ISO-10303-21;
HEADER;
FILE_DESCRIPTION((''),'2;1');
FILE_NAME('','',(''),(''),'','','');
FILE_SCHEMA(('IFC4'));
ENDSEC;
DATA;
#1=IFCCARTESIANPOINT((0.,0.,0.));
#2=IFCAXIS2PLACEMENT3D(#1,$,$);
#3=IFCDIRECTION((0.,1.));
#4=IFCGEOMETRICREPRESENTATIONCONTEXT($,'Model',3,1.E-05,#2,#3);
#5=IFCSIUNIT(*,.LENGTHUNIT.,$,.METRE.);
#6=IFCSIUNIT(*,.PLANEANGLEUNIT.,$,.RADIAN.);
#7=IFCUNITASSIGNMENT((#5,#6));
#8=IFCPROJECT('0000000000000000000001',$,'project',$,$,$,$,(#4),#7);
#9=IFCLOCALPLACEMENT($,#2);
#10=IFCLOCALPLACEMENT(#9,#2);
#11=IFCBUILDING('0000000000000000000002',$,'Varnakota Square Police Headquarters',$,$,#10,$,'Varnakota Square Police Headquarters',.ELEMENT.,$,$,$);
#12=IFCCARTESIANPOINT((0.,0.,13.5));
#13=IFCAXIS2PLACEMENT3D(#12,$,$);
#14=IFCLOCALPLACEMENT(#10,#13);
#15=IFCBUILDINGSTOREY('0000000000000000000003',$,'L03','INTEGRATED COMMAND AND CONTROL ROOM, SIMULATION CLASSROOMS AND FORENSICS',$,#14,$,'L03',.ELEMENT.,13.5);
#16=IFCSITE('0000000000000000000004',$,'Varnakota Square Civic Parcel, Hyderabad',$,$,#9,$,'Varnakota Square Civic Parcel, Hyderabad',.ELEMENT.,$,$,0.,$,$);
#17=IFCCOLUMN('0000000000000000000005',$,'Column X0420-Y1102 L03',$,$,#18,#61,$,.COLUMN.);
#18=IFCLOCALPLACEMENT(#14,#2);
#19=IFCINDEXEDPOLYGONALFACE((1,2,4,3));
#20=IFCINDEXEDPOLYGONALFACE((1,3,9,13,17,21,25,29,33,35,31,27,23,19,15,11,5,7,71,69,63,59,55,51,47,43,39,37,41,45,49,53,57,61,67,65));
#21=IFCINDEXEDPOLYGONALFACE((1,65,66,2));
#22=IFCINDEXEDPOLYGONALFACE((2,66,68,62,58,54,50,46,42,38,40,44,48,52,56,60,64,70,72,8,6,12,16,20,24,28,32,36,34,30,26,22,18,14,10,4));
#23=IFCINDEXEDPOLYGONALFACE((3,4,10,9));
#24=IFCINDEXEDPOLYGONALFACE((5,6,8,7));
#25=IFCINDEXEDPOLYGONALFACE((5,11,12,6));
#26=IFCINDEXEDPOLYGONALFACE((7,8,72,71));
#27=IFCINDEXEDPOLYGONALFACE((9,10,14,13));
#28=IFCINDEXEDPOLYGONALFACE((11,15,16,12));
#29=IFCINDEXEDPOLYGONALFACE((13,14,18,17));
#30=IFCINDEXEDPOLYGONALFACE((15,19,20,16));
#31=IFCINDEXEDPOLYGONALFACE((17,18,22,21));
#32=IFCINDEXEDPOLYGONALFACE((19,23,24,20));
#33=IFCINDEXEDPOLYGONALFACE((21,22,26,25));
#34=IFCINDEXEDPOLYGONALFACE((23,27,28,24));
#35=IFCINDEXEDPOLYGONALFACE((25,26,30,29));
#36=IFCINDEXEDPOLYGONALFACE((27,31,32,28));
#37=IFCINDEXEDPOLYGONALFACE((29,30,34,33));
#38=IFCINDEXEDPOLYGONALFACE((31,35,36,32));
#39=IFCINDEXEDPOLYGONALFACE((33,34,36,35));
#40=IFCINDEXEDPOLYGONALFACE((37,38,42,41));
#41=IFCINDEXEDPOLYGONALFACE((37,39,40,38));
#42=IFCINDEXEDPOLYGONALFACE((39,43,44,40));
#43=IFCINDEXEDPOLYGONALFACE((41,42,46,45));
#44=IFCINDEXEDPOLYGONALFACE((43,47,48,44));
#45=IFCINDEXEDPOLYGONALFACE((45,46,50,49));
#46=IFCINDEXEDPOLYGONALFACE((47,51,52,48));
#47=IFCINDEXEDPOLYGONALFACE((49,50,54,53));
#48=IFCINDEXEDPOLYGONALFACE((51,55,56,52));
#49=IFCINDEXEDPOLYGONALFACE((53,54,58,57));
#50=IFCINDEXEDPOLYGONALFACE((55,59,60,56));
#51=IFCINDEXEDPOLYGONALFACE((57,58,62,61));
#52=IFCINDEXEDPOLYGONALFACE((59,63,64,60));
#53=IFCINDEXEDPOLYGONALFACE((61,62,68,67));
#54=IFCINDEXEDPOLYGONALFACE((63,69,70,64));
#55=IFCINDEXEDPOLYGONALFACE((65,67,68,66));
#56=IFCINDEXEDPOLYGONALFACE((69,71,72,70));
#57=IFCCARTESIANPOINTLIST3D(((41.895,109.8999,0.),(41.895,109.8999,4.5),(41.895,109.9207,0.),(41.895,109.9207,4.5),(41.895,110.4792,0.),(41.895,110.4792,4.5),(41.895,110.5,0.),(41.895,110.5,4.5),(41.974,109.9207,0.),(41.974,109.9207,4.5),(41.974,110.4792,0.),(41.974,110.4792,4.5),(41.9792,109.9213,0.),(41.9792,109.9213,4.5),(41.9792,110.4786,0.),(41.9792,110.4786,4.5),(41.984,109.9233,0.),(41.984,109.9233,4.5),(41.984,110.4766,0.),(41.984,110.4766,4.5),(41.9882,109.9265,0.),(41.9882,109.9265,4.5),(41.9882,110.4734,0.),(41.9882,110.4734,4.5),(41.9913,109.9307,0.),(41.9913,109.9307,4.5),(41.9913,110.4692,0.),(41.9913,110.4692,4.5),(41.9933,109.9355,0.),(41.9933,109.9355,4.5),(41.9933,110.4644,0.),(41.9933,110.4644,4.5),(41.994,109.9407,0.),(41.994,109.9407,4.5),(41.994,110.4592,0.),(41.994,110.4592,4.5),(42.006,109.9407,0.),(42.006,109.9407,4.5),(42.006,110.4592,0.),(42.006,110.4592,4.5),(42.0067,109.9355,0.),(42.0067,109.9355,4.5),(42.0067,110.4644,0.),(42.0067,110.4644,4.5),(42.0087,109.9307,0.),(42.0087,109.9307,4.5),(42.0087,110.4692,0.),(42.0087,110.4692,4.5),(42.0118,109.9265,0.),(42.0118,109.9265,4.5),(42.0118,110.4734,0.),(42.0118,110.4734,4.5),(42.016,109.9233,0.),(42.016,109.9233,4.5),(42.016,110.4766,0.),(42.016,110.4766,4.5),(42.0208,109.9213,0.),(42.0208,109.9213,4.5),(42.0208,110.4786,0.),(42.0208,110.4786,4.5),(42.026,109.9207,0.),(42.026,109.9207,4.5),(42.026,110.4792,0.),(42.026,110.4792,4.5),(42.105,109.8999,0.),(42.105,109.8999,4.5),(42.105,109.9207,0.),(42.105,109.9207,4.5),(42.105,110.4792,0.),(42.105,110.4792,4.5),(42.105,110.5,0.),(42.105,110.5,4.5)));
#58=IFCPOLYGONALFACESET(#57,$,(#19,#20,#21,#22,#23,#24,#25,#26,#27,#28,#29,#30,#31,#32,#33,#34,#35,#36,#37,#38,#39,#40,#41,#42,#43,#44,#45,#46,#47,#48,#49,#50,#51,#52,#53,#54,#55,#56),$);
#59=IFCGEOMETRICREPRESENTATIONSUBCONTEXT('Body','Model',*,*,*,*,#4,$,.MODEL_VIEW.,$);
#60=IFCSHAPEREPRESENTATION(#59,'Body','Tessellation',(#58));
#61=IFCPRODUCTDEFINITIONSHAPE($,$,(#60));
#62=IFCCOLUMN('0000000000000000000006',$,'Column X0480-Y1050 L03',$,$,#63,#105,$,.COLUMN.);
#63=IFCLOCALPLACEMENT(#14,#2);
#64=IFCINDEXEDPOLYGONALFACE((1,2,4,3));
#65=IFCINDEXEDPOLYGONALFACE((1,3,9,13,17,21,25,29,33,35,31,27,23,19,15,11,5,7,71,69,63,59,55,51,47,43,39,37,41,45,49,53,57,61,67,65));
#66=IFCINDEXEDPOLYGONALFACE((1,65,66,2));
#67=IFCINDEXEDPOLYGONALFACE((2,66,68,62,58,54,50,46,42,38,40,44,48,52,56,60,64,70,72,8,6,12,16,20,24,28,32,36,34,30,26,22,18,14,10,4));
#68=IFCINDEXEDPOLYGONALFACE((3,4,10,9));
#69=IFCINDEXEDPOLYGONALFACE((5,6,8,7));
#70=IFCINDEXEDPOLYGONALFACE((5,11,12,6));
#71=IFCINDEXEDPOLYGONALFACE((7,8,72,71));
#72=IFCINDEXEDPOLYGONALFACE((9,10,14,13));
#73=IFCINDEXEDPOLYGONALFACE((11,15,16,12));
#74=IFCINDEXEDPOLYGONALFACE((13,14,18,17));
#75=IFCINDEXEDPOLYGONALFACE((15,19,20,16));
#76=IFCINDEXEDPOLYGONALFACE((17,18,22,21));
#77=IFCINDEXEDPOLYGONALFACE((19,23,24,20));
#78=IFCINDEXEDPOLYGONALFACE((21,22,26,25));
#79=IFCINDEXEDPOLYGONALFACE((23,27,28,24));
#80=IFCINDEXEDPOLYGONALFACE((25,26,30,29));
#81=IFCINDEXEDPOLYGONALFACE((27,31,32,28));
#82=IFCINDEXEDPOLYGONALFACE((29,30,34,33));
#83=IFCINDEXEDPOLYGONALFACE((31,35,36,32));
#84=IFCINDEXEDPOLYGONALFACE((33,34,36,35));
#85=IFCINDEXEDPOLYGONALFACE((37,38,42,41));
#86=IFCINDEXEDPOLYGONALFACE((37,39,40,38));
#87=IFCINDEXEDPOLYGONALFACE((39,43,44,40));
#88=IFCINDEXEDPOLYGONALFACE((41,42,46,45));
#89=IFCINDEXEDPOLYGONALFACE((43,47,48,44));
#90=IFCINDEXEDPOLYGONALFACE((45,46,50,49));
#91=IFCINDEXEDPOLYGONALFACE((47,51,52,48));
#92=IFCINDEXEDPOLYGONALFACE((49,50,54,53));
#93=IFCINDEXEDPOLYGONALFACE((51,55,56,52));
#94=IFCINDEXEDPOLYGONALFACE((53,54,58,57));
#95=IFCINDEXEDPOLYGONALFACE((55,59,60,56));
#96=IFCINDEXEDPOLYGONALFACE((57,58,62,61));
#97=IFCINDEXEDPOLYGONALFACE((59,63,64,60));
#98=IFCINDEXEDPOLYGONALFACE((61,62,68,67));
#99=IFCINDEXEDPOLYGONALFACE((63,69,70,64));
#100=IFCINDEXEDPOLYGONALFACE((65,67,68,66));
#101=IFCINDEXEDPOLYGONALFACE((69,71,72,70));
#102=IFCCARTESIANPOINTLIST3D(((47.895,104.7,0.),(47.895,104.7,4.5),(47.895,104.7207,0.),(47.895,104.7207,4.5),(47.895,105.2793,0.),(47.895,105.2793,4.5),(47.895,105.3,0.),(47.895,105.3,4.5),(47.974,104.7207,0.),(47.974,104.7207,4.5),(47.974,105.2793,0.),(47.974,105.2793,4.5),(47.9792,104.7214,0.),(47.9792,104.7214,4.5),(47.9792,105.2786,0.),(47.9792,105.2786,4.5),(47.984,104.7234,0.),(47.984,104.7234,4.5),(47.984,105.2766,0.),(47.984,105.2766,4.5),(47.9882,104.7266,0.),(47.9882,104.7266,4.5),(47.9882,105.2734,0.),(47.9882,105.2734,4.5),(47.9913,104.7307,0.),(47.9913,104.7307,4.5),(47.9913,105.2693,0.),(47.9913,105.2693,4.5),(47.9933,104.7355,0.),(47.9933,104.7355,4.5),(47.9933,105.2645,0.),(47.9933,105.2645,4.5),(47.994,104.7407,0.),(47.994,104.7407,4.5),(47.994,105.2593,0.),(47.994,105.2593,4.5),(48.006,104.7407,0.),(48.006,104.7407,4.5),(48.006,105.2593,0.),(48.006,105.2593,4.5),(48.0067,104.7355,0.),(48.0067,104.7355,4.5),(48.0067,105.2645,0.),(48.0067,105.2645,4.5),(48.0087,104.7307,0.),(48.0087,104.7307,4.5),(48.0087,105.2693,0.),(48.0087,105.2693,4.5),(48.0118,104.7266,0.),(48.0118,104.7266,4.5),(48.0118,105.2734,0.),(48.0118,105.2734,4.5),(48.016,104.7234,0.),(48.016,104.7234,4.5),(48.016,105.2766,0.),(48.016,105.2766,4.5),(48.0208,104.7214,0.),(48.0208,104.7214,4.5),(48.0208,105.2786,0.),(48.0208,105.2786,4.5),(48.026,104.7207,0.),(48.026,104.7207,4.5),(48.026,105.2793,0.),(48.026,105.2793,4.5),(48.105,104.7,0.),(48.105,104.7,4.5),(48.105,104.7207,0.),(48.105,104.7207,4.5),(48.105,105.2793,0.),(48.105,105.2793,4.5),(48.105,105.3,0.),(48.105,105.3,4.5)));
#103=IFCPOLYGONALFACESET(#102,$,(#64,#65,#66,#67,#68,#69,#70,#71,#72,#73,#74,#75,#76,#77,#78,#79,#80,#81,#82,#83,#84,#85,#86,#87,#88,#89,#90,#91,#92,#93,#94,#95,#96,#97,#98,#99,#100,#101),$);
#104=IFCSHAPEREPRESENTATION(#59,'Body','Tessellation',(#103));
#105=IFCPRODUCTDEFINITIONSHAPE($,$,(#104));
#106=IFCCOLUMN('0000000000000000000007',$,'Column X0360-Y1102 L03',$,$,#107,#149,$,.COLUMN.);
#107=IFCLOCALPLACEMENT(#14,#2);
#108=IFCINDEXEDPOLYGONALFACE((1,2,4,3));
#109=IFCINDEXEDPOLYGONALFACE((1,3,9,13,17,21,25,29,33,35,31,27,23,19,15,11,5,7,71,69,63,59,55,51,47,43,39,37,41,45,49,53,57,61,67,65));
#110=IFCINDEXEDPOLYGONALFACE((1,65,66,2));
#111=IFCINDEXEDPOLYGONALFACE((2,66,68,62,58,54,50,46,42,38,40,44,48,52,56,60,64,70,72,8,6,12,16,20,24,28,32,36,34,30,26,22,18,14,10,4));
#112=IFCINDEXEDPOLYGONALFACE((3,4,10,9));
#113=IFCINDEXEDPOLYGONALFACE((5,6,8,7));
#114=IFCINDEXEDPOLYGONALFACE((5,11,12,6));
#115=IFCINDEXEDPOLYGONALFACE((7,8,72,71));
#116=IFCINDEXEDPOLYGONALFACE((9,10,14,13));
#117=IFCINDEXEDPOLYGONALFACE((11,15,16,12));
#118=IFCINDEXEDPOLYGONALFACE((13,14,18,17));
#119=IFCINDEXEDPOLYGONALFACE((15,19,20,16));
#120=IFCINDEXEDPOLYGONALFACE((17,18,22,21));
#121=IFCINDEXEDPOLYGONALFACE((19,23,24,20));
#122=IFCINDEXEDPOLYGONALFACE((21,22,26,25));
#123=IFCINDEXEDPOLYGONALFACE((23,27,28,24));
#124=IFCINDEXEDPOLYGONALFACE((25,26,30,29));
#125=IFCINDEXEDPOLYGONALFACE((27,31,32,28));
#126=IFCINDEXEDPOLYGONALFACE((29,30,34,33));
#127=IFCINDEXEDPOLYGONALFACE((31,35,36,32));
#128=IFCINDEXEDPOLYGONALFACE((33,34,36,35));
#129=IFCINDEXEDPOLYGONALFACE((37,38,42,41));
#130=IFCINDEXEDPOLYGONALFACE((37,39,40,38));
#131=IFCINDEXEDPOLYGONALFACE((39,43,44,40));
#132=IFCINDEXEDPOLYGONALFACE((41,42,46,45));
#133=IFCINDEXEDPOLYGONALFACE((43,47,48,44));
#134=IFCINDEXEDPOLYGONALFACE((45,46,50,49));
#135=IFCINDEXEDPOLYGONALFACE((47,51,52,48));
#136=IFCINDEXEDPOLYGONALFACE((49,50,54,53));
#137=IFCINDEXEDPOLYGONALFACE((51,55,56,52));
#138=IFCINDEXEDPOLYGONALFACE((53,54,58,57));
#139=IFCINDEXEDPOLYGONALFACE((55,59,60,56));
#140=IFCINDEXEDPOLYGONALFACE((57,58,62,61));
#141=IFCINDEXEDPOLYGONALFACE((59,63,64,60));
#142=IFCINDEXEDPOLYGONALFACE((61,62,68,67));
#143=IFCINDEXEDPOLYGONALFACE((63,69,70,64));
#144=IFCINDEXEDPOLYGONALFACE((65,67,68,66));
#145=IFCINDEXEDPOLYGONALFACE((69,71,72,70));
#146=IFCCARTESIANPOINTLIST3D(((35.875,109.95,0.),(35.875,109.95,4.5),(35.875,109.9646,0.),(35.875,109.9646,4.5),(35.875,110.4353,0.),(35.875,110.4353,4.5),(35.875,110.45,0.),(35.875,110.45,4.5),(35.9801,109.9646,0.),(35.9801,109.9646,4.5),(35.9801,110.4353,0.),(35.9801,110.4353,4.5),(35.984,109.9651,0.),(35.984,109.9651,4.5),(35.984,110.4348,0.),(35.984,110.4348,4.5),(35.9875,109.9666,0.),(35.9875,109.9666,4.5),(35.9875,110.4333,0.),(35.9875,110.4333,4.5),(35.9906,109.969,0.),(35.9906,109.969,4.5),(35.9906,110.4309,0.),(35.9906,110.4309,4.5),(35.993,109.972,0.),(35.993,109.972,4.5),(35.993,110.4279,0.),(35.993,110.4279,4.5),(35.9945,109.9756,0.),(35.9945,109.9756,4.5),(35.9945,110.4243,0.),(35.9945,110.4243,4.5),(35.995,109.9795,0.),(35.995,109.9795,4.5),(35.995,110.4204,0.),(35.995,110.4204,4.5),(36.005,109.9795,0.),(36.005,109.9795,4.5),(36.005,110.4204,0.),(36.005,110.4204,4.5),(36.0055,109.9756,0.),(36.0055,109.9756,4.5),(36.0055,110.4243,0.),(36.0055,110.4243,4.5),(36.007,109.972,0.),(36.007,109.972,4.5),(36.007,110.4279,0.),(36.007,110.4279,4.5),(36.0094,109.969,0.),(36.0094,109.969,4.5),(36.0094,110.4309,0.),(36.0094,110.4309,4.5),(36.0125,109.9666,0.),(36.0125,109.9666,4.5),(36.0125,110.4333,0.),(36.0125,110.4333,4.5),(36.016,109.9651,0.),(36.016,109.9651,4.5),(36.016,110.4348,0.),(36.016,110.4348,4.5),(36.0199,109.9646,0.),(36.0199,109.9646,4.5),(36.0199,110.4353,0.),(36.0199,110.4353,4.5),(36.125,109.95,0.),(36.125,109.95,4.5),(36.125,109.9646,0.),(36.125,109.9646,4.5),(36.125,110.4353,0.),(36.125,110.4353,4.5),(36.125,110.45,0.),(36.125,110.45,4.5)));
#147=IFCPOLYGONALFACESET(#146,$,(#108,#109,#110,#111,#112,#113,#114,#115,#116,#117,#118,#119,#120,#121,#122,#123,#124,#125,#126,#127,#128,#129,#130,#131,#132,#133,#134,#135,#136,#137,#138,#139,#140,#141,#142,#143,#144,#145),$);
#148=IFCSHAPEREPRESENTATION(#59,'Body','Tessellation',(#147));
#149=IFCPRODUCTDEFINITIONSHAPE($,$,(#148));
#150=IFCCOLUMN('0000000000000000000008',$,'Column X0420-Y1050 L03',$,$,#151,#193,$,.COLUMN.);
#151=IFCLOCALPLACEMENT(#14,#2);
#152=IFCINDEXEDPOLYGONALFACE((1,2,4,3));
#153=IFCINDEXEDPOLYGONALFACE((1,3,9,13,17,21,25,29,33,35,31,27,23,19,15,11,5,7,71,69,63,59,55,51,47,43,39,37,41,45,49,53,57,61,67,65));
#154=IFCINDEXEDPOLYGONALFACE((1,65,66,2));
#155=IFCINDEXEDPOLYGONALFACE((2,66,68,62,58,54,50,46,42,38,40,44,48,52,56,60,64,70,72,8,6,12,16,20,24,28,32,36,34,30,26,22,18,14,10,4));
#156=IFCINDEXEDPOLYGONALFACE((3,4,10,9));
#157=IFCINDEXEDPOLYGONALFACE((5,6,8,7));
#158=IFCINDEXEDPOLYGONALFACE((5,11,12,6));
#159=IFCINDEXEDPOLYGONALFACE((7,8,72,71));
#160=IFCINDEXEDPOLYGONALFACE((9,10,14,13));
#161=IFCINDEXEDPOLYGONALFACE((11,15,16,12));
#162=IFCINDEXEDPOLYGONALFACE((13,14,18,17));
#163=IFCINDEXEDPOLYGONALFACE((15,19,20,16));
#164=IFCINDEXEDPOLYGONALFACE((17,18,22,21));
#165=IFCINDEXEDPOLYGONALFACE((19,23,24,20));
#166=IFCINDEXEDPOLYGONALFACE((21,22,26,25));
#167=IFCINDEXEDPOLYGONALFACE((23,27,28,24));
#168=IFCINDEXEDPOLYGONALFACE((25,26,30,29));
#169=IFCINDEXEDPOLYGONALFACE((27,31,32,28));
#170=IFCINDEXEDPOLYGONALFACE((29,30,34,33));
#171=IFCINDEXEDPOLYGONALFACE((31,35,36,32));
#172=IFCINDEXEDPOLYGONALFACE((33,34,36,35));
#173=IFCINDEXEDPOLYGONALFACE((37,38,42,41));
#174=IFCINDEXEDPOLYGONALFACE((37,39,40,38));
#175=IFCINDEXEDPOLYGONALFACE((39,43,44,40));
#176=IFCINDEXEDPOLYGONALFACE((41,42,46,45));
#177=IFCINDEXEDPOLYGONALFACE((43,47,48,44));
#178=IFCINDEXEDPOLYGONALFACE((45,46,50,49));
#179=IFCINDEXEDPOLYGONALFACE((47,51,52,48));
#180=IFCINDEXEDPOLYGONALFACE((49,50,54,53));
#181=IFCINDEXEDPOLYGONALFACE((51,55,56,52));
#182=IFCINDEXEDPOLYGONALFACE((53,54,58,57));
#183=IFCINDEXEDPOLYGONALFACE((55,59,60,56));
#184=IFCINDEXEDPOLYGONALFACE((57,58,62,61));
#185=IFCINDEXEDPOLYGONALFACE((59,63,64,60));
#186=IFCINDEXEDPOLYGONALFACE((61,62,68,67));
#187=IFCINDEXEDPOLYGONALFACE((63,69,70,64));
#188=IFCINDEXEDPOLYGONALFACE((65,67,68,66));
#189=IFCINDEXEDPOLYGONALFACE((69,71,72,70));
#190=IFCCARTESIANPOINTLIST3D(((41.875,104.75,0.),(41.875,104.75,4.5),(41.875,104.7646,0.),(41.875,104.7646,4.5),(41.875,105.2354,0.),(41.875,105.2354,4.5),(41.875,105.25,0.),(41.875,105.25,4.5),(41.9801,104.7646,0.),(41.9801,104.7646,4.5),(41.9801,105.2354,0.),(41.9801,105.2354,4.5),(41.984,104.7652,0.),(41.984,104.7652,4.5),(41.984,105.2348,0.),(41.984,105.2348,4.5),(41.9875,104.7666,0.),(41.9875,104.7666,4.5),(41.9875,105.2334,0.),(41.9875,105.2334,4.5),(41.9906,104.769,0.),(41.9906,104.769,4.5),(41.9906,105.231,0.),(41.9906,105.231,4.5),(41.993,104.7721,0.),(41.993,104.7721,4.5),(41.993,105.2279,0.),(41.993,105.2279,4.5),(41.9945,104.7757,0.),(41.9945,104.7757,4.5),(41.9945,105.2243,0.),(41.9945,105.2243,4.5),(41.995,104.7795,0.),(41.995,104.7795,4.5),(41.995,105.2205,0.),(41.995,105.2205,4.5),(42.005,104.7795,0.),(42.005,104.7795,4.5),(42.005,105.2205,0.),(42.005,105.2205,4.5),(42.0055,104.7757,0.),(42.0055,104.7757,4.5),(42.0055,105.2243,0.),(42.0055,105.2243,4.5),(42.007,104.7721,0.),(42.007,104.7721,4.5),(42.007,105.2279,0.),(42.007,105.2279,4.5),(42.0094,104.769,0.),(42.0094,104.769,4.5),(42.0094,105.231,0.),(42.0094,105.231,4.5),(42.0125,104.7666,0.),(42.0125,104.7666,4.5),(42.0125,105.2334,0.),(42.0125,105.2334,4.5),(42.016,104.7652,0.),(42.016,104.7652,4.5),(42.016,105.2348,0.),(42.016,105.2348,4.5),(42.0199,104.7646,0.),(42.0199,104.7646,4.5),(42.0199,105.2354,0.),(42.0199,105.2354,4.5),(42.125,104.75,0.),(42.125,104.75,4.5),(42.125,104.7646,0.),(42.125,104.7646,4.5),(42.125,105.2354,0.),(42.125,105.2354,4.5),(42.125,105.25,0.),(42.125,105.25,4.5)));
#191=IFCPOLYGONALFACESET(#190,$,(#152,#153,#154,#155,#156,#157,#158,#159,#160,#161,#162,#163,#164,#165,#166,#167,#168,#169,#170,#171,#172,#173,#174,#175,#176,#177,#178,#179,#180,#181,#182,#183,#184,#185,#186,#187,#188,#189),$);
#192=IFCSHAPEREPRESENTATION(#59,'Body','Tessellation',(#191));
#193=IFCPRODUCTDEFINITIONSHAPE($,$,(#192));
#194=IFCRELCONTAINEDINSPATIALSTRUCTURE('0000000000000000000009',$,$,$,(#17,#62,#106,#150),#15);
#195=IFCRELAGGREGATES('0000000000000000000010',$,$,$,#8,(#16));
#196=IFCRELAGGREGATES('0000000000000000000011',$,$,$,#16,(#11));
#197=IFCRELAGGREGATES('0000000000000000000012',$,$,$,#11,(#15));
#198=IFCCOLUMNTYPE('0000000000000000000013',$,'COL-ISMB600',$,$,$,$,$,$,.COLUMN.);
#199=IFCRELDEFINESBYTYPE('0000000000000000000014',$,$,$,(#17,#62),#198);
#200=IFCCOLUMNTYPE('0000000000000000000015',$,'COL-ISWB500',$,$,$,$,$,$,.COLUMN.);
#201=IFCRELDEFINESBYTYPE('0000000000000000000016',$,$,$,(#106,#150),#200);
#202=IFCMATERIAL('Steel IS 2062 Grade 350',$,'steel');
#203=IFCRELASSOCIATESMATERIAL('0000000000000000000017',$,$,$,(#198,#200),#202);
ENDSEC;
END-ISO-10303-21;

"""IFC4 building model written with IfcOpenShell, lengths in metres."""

from ifc_helpers import new_model, si_unit, direction, frame, origin, origin_2d, place, context, subcontext, project, spatial, i_section, extrude, material, material_profile, profile_set, type_object, element, save


model = new_model("IFC4")

# Units and contexts
model_context = context("Model", 3, precision=1e-05, world=origin(), true_north=direction((0.0, 1.0)))
body_context = subcontext(model_context, "Body", "Model", "MODEL_VIEW")
ifc_project = project(units=[si_unit("LENGTHUNIT", "METRE"), si_unit("PLANEANGLEUNIT", "RADIAN")], contexts=[model_context])

# Site, building, storey
site_placement = place(None, origin())
site = spatial("IfcSite", under=ifc_project, at=site_placement, Name="Varnakota Square Civic Parcel, Hyderabad", LongName="Varnakota Square Civic Parcel, Hyderabad", CompositionType="ELEMENT", RefElevation=0.0)
building_placement = place(site_placement, origin())
building = spatial("IfcBuilding", under=site, at=building_placement, Name="Varnakota Square Police Headquarters", LongName="Varnakota Square Police Headquarters", CompositionType="ELEMENT")
storey_placement = place(building_placement, frame((0.0, 0.0, 13.5)))
storey = spatial("IfcBuildingStorey", under=building, at=storey_placement, Name="L03", Description="INTEGRATED COMMAND AND CONTROL ROOM, SIMULATION CLASSROOMS AND FORENSICS", LongName="L03", CompositionType="ELEMENT", Elevation=13.5)

# Columns
ifc_material_1 = material(Name="Steel IS 2062 Grade 350", Category="steel")
ifc_material_profile_1 = material_profile(ifc_material_1, i_section(OverallWidth=0.21, OverallDepth=0.6001, WebThickness=0.012, FlangeThickness=0.0208, FilletRadius=0.02, at=origin_2d()), Name="ISMB 600")
ifc_profile_set_1 = profile_set([ifc_material_profile_1], Name="Steel IS 2062 Grade 350")
column_type_1 = type_object("IfcColumnType", Name="COL-ISMB600", PredefinedType="COLUMN", material=ifc_profile_set_1)
for number, where, z_axis, x_axis, name in (
    (1, (42.0, 110.2, 0.0), (0.0, 0.0, 1.0), (1.0, 0.0, 0.0), "Column X0420-Y1102 L03"),
    (2, (48.0, 105.0, 0.0), (0.0, 0.0, 1.0), (1.0, 0.0, 0.0), "Column X0480-Y1050 L03"),
):
    element("IfcColumn", number, at=place(storey_placement, frame(where, z_axis=z_axis, x_axis=x_axis)), inside=storey, type_object=column_type_1, Name=name, PredefinedType="COLUMN", context=body_context, shape_type="SweptSolid", body=[
        extrude(i_section(OverallWidth=0.21, OverallDepth=0.6001, WebThickness=0.012, FlangeThickness=0.0208, FilletRadius=0.02, at=origin_2d()), origin(), (0.0, 0.0, 1.0), 4.5),
    ])
ifc_material_profile_2 = material_profile(ifc_material_1, i_section(OverallWidth=0.25, OverallDepth=0.5, WebThickness=0.01, FlangeThickness=0.0146, FilletRadius=0.0149, at=origin_2d()), Name="ISWB 500")
ifc_profile_set_2 = profile_set([ifc_material_profile_2], Name="Steel IS 2062 Grade 350")
column_type_2 = type_object("IfcColumnType", Name="COL-ISWB500", PredefinedType="COLUMN", material=ifc_profile_set_2)
for number, where, z_axis, x_axis, name in (
    (3, (36.0, 110.2, 0.0), (0.0, 0.0, 1.0), (1.0, 0.0, 0.0), "Column X0360-Y1102 L03"),
    (4, (42.0, 105.0, 0.0), (0.0, 0.0, 1.0), (1.0, 0.0, 0.0), "Column X0420-Y1050 L03"),
):
    element("IfcColumn", number, at=place(storey_placement, frame(where, z_axis=z_axis, x_axis=x_axis)), inside=storey, type_object=column_type_2, Name=name, PredefinedType="COLUMN", context=body_context, shape_type="SweptSolid", body=[
        extrude(i_section(OverallWidth=0.25, OverallDepth=0.5, WebThickness=0.01, FlangeThickness=0.0146, FilletRadius=0.0149, at=origin_2d()), origin(), (0.0, 0.0, 1.0), 4.5),
    ])

save(model, "model.ifc")
